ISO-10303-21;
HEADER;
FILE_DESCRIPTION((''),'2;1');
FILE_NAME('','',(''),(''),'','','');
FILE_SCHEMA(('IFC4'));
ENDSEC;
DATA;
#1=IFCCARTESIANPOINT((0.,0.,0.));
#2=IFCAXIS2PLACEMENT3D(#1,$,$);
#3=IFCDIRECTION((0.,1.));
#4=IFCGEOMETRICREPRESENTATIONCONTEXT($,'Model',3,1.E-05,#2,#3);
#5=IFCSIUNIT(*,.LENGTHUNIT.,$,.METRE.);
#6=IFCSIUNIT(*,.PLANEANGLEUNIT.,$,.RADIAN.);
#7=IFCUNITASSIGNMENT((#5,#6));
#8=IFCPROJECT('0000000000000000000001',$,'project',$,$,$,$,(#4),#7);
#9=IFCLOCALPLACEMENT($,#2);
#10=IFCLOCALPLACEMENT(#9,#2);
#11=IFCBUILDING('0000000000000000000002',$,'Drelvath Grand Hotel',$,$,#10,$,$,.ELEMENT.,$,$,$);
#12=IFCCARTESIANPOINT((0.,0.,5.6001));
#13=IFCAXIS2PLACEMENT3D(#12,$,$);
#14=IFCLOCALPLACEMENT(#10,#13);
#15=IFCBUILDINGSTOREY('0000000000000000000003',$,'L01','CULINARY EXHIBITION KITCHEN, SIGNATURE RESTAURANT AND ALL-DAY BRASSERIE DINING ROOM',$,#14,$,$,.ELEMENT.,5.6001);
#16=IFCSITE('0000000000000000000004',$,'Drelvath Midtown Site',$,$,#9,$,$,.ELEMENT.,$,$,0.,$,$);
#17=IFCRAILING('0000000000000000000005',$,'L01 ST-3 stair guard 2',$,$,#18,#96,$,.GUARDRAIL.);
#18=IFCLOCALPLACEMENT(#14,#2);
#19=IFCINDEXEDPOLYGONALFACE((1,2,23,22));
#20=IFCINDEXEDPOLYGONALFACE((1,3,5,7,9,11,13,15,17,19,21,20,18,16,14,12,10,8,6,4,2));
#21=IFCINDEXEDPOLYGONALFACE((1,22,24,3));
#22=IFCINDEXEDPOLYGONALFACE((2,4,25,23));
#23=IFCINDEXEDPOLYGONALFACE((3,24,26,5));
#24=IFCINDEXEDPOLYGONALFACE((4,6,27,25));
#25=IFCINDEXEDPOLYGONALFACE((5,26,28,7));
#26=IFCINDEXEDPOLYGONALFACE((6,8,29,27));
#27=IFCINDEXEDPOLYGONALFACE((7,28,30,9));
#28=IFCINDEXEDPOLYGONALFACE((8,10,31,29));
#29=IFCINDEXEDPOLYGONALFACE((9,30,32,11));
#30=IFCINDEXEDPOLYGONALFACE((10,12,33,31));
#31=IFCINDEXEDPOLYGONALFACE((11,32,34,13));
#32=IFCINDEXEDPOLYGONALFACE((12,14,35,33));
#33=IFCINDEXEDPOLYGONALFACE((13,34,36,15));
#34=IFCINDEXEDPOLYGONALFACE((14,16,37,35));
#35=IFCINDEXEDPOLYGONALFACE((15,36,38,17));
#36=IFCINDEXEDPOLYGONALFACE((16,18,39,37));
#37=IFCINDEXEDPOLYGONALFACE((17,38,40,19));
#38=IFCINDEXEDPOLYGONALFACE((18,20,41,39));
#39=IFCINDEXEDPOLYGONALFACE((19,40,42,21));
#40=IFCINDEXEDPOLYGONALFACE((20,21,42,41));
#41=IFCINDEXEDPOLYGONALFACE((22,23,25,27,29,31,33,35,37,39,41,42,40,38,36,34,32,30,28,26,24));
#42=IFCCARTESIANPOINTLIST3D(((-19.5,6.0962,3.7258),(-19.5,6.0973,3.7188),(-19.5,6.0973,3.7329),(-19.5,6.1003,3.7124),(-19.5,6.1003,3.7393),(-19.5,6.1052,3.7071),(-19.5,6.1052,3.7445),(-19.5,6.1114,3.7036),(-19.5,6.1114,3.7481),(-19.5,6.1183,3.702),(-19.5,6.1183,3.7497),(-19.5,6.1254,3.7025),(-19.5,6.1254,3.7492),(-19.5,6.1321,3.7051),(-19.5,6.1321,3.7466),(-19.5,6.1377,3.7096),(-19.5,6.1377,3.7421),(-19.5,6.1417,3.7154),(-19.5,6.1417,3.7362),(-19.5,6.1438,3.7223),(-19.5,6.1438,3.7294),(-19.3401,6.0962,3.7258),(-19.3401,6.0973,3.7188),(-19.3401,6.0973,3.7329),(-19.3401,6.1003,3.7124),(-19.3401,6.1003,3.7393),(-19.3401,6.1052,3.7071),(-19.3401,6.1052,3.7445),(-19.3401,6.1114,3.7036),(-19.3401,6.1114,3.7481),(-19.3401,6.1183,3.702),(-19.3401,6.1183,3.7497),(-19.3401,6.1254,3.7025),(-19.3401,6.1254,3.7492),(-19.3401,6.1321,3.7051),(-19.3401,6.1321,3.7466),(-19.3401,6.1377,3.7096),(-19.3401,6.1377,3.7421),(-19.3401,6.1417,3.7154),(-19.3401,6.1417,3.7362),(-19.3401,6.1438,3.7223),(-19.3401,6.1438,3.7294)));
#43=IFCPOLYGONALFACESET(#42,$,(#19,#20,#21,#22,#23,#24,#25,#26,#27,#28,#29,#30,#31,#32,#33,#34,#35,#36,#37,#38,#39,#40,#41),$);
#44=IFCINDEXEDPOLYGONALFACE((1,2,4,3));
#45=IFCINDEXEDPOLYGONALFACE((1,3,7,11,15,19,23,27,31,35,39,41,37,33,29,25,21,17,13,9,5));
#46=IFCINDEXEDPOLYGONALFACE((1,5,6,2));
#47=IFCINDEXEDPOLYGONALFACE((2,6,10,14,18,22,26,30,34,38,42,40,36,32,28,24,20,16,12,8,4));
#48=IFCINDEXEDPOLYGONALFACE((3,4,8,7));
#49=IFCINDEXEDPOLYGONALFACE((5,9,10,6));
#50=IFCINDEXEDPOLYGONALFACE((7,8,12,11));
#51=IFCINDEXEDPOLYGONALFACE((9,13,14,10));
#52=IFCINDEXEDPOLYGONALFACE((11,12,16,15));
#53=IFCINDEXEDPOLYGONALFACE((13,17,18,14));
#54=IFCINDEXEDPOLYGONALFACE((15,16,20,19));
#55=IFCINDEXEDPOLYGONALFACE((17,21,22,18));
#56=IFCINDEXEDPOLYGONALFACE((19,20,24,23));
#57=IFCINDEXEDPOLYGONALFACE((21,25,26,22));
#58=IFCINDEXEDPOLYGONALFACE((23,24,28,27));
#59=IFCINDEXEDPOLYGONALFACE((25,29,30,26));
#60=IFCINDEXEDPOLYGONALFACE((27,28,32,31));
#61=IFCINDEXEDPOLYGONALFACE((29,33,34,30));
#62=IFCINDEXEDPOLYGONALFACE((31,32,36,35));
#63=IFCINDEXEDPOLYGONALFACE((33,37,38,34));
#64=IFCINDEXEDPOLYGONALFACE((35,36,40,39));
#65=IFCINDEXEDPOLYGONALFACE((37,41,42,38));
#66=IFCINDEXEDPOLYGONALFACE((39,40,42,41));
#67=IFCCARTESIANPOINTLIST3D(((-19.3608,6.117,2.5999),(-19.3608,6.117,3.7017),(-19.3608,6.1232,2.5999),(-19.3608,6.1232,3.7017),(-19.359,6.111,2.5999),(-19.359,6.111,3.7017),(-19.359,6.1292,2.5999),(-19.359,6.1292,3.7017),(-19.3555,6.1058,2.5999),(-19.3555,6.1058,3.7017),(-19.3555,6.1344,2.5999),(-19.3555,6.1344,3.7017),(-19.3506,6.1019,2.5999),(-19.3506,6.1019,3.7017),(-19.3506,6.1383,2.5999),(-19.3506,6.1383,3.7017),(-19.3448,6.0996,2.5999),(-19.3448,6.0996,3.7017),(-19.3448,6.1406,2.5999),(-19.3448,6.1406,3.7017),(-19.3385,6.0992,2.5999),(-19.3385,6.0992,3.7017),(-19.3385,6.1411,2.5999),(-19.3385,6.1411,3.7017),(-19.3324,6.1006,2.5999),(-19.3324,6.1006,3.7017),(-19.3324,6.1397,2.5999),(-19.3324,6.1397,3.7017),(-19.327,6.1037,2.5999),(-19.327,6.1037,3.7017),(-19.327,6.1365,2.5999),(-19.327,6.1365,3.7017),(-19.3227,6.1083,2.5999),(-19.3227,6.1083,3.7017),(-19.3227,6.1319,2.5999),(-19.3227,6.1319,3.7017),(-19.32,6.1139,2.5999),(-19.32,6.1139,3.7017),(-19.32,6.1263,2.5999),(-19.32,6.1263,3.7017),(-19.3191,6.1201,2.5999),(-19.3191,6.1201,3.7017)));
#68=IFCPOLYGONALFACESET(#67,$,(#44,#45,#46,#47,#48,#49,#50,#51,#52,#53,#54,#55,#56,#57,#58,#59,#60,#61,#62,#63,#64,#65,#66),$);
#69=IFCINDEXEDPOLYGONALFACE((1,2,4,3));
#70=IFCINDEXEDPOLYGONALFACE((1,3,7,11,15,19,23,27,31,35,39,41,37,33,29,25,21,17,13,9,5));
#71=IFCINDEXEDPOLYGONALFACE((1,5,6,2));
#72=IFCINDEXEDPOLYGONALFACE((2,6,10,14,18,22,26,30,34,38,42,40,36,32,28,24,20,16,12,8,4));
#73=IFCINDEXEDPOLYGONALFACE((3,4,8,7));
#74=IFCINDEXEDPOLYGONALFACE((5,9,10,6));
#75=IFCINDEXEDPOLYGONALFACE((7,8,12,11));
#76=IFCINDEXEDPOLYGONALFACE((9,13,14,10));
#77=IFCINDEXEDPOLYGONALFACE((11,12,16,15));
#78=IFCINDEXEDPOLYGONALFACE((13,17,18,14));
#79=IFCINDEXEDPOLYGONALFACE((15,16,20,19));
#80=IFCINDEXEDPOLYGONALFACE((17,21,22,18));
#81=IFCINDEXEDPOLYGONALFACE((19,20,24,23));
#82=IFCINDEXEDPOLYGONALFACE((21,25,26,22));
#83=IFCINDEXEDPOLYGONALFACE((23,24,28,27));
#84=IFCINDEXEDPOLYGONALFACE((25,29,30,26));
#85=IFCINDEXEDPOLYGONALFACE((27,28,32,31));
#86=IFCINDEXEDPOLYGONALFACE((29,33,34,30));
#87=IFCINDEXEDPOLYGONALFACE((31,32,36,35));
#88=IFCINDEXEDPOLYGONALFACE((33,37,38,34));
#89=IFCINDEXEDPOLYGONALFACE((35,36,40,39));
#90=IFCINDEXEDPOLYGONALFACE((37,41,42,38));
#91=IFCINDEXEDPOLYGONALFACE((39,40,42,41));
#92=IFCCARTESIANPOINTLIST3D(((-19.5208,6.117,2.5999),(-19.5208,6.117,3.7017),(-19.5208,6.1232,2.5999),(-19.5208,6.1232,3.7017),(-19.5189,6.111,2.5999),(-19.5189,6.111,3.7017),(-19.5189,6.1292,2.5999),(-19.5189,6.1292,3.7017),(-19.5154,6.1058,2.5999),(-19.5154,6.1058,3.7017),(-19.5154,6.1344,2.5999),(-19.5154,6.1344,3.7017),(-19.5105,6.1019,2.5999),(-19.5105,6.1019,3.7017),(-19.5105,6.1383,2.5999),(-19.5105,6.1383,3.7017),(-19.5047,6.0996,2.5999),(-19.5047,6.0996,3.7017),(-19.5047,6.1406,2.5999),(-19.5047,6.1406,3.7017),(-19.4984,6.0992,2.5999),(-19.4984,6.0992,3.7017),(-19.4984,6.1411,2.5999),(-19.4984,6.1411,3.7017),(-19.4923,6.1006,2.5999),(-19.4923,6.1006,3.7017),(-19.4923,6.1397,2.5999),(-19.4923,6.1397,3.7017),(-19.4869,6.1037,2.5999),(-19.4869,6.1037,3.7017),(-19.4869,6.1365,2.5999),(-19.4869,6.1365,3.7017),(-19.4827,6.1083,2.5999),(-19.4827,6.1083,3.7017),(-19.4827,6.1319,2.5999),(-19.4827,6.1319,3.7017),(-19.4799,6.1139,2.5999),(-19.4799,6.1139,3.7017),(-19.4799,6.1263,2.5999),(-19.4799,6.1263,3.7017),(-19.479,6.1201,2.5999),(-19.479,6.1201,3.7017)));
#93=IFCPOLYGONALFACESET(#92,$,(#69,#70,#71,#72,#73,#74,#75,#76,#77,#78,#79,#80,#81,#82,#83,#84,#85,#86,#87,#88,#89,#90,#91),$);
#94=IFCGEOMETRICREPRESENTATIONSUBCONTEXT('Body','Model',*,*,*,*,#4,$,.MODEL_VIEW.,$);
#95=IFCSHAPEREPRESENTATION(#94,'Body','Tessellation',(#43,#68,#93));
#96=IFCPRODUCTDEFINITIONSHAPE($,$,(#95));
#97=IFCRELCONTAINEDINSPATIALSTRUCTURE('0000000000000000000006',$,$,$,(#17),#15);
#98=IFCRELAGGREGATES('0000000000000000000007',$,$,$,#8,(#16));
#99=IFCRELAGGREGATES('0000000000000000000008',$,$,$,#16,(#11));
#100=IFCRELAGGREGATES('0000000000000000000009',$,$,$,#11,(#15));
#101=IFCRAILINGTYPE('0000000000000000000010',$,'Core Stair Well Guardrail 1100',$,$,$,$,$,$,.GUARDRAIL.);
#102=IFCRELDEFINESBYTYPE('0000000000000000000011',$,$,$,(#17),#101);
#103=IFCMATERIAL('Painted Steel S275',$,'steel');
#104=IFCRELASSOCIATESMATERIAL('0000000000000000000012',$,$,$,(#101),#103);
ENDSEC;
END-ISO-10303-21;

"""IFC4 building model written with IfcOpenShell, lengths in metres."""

from ifc_helpers import new_model, si_unit, direction, frame, origin, origin_2d, place, context, subcontext, project, spatial, circle, extrude, material, type_object, element, save


model = new_model("IFC4")

# Units and contexts
model_context = context("Model", 3, precision=1e-05, world=origin(), true_north=direction((0.0, 1.0)))
body_context = subcontext(model_context, "Body", "Model", "MODEL_VIEW")
ifc_project = project(units=[si_unit("LENGTHUNIT", "METRE"), si_unit("PLANEANGLEUNIT", "RADIAN")], contexts=[model_context])

# Site, building, storey
site_placement = place(None, origin())
site = spatial("IfcSite", under=ifc_project, at=site_placement, Name="Drelvath Midtown Site", CompositionType="ELEMENT", RefElevation=0.0)
building_placement = place(site_placement, origin())
building = spatial("IfcBuilding", under=site, at=building_placement, Name="Drelvath Grand Hotel", CompositionType="ELEMENT")
storey_placement = place(building_placement, frame((0.0, 0.0, 5.6001)))
storey = spatial("IfcBuildingStorey", under=building, at=storey_placement, Name="L01", Description="CULINARY EXHIBITION KITCHEN, SIGNATURE RESTAURANT AND ALL-DAY BRASSERIE DINING ROOM", CompositionType="ELEMENT", Elevation=5.6001)

# Railing
ifc_material_1 = material(Name="Painted Steel S275", Category="steel")
railing_type_1 = type_object("IfcRailingType", Name="Core Stair Well Guardrail 1100", PredefinedType="GUARDRAIL", material=ifc_material_1)
railing_1_placement = place(storey_placement, frame((-19.3401, 6.1201, 2.5999)))
element("IfcRailing", 1, at=railing_1_placement, inside=storey, type_object=railing_type_1, Name="L01 ST-3 stair guard 2", PredefinedType="GUARDRAIL", context=body_context, shape_type="SweptSolid", body=[
    extrude(circle(Radius=0.0239, at=origin_2d()), frame((0.0, 0.0, 1.126), z_axis=(-1.0, 0.0, 0.0), x_axis=(0.0, -1.0, 0.0)), (0.0, 0.0, 1.0), 0.1599),
    extrude(circle(Radius=0.021, at=origin_2d()), origin(), (0.0, 0.0, 1.0), 1.1018),
    extrude(circle(Radius=0.021, at=origin_2d()), frame((-0.1599, 0.0, 0.0)), (0.0, 0.0, 1.0), 1.1018),
])

save(model, "model.ifc")
